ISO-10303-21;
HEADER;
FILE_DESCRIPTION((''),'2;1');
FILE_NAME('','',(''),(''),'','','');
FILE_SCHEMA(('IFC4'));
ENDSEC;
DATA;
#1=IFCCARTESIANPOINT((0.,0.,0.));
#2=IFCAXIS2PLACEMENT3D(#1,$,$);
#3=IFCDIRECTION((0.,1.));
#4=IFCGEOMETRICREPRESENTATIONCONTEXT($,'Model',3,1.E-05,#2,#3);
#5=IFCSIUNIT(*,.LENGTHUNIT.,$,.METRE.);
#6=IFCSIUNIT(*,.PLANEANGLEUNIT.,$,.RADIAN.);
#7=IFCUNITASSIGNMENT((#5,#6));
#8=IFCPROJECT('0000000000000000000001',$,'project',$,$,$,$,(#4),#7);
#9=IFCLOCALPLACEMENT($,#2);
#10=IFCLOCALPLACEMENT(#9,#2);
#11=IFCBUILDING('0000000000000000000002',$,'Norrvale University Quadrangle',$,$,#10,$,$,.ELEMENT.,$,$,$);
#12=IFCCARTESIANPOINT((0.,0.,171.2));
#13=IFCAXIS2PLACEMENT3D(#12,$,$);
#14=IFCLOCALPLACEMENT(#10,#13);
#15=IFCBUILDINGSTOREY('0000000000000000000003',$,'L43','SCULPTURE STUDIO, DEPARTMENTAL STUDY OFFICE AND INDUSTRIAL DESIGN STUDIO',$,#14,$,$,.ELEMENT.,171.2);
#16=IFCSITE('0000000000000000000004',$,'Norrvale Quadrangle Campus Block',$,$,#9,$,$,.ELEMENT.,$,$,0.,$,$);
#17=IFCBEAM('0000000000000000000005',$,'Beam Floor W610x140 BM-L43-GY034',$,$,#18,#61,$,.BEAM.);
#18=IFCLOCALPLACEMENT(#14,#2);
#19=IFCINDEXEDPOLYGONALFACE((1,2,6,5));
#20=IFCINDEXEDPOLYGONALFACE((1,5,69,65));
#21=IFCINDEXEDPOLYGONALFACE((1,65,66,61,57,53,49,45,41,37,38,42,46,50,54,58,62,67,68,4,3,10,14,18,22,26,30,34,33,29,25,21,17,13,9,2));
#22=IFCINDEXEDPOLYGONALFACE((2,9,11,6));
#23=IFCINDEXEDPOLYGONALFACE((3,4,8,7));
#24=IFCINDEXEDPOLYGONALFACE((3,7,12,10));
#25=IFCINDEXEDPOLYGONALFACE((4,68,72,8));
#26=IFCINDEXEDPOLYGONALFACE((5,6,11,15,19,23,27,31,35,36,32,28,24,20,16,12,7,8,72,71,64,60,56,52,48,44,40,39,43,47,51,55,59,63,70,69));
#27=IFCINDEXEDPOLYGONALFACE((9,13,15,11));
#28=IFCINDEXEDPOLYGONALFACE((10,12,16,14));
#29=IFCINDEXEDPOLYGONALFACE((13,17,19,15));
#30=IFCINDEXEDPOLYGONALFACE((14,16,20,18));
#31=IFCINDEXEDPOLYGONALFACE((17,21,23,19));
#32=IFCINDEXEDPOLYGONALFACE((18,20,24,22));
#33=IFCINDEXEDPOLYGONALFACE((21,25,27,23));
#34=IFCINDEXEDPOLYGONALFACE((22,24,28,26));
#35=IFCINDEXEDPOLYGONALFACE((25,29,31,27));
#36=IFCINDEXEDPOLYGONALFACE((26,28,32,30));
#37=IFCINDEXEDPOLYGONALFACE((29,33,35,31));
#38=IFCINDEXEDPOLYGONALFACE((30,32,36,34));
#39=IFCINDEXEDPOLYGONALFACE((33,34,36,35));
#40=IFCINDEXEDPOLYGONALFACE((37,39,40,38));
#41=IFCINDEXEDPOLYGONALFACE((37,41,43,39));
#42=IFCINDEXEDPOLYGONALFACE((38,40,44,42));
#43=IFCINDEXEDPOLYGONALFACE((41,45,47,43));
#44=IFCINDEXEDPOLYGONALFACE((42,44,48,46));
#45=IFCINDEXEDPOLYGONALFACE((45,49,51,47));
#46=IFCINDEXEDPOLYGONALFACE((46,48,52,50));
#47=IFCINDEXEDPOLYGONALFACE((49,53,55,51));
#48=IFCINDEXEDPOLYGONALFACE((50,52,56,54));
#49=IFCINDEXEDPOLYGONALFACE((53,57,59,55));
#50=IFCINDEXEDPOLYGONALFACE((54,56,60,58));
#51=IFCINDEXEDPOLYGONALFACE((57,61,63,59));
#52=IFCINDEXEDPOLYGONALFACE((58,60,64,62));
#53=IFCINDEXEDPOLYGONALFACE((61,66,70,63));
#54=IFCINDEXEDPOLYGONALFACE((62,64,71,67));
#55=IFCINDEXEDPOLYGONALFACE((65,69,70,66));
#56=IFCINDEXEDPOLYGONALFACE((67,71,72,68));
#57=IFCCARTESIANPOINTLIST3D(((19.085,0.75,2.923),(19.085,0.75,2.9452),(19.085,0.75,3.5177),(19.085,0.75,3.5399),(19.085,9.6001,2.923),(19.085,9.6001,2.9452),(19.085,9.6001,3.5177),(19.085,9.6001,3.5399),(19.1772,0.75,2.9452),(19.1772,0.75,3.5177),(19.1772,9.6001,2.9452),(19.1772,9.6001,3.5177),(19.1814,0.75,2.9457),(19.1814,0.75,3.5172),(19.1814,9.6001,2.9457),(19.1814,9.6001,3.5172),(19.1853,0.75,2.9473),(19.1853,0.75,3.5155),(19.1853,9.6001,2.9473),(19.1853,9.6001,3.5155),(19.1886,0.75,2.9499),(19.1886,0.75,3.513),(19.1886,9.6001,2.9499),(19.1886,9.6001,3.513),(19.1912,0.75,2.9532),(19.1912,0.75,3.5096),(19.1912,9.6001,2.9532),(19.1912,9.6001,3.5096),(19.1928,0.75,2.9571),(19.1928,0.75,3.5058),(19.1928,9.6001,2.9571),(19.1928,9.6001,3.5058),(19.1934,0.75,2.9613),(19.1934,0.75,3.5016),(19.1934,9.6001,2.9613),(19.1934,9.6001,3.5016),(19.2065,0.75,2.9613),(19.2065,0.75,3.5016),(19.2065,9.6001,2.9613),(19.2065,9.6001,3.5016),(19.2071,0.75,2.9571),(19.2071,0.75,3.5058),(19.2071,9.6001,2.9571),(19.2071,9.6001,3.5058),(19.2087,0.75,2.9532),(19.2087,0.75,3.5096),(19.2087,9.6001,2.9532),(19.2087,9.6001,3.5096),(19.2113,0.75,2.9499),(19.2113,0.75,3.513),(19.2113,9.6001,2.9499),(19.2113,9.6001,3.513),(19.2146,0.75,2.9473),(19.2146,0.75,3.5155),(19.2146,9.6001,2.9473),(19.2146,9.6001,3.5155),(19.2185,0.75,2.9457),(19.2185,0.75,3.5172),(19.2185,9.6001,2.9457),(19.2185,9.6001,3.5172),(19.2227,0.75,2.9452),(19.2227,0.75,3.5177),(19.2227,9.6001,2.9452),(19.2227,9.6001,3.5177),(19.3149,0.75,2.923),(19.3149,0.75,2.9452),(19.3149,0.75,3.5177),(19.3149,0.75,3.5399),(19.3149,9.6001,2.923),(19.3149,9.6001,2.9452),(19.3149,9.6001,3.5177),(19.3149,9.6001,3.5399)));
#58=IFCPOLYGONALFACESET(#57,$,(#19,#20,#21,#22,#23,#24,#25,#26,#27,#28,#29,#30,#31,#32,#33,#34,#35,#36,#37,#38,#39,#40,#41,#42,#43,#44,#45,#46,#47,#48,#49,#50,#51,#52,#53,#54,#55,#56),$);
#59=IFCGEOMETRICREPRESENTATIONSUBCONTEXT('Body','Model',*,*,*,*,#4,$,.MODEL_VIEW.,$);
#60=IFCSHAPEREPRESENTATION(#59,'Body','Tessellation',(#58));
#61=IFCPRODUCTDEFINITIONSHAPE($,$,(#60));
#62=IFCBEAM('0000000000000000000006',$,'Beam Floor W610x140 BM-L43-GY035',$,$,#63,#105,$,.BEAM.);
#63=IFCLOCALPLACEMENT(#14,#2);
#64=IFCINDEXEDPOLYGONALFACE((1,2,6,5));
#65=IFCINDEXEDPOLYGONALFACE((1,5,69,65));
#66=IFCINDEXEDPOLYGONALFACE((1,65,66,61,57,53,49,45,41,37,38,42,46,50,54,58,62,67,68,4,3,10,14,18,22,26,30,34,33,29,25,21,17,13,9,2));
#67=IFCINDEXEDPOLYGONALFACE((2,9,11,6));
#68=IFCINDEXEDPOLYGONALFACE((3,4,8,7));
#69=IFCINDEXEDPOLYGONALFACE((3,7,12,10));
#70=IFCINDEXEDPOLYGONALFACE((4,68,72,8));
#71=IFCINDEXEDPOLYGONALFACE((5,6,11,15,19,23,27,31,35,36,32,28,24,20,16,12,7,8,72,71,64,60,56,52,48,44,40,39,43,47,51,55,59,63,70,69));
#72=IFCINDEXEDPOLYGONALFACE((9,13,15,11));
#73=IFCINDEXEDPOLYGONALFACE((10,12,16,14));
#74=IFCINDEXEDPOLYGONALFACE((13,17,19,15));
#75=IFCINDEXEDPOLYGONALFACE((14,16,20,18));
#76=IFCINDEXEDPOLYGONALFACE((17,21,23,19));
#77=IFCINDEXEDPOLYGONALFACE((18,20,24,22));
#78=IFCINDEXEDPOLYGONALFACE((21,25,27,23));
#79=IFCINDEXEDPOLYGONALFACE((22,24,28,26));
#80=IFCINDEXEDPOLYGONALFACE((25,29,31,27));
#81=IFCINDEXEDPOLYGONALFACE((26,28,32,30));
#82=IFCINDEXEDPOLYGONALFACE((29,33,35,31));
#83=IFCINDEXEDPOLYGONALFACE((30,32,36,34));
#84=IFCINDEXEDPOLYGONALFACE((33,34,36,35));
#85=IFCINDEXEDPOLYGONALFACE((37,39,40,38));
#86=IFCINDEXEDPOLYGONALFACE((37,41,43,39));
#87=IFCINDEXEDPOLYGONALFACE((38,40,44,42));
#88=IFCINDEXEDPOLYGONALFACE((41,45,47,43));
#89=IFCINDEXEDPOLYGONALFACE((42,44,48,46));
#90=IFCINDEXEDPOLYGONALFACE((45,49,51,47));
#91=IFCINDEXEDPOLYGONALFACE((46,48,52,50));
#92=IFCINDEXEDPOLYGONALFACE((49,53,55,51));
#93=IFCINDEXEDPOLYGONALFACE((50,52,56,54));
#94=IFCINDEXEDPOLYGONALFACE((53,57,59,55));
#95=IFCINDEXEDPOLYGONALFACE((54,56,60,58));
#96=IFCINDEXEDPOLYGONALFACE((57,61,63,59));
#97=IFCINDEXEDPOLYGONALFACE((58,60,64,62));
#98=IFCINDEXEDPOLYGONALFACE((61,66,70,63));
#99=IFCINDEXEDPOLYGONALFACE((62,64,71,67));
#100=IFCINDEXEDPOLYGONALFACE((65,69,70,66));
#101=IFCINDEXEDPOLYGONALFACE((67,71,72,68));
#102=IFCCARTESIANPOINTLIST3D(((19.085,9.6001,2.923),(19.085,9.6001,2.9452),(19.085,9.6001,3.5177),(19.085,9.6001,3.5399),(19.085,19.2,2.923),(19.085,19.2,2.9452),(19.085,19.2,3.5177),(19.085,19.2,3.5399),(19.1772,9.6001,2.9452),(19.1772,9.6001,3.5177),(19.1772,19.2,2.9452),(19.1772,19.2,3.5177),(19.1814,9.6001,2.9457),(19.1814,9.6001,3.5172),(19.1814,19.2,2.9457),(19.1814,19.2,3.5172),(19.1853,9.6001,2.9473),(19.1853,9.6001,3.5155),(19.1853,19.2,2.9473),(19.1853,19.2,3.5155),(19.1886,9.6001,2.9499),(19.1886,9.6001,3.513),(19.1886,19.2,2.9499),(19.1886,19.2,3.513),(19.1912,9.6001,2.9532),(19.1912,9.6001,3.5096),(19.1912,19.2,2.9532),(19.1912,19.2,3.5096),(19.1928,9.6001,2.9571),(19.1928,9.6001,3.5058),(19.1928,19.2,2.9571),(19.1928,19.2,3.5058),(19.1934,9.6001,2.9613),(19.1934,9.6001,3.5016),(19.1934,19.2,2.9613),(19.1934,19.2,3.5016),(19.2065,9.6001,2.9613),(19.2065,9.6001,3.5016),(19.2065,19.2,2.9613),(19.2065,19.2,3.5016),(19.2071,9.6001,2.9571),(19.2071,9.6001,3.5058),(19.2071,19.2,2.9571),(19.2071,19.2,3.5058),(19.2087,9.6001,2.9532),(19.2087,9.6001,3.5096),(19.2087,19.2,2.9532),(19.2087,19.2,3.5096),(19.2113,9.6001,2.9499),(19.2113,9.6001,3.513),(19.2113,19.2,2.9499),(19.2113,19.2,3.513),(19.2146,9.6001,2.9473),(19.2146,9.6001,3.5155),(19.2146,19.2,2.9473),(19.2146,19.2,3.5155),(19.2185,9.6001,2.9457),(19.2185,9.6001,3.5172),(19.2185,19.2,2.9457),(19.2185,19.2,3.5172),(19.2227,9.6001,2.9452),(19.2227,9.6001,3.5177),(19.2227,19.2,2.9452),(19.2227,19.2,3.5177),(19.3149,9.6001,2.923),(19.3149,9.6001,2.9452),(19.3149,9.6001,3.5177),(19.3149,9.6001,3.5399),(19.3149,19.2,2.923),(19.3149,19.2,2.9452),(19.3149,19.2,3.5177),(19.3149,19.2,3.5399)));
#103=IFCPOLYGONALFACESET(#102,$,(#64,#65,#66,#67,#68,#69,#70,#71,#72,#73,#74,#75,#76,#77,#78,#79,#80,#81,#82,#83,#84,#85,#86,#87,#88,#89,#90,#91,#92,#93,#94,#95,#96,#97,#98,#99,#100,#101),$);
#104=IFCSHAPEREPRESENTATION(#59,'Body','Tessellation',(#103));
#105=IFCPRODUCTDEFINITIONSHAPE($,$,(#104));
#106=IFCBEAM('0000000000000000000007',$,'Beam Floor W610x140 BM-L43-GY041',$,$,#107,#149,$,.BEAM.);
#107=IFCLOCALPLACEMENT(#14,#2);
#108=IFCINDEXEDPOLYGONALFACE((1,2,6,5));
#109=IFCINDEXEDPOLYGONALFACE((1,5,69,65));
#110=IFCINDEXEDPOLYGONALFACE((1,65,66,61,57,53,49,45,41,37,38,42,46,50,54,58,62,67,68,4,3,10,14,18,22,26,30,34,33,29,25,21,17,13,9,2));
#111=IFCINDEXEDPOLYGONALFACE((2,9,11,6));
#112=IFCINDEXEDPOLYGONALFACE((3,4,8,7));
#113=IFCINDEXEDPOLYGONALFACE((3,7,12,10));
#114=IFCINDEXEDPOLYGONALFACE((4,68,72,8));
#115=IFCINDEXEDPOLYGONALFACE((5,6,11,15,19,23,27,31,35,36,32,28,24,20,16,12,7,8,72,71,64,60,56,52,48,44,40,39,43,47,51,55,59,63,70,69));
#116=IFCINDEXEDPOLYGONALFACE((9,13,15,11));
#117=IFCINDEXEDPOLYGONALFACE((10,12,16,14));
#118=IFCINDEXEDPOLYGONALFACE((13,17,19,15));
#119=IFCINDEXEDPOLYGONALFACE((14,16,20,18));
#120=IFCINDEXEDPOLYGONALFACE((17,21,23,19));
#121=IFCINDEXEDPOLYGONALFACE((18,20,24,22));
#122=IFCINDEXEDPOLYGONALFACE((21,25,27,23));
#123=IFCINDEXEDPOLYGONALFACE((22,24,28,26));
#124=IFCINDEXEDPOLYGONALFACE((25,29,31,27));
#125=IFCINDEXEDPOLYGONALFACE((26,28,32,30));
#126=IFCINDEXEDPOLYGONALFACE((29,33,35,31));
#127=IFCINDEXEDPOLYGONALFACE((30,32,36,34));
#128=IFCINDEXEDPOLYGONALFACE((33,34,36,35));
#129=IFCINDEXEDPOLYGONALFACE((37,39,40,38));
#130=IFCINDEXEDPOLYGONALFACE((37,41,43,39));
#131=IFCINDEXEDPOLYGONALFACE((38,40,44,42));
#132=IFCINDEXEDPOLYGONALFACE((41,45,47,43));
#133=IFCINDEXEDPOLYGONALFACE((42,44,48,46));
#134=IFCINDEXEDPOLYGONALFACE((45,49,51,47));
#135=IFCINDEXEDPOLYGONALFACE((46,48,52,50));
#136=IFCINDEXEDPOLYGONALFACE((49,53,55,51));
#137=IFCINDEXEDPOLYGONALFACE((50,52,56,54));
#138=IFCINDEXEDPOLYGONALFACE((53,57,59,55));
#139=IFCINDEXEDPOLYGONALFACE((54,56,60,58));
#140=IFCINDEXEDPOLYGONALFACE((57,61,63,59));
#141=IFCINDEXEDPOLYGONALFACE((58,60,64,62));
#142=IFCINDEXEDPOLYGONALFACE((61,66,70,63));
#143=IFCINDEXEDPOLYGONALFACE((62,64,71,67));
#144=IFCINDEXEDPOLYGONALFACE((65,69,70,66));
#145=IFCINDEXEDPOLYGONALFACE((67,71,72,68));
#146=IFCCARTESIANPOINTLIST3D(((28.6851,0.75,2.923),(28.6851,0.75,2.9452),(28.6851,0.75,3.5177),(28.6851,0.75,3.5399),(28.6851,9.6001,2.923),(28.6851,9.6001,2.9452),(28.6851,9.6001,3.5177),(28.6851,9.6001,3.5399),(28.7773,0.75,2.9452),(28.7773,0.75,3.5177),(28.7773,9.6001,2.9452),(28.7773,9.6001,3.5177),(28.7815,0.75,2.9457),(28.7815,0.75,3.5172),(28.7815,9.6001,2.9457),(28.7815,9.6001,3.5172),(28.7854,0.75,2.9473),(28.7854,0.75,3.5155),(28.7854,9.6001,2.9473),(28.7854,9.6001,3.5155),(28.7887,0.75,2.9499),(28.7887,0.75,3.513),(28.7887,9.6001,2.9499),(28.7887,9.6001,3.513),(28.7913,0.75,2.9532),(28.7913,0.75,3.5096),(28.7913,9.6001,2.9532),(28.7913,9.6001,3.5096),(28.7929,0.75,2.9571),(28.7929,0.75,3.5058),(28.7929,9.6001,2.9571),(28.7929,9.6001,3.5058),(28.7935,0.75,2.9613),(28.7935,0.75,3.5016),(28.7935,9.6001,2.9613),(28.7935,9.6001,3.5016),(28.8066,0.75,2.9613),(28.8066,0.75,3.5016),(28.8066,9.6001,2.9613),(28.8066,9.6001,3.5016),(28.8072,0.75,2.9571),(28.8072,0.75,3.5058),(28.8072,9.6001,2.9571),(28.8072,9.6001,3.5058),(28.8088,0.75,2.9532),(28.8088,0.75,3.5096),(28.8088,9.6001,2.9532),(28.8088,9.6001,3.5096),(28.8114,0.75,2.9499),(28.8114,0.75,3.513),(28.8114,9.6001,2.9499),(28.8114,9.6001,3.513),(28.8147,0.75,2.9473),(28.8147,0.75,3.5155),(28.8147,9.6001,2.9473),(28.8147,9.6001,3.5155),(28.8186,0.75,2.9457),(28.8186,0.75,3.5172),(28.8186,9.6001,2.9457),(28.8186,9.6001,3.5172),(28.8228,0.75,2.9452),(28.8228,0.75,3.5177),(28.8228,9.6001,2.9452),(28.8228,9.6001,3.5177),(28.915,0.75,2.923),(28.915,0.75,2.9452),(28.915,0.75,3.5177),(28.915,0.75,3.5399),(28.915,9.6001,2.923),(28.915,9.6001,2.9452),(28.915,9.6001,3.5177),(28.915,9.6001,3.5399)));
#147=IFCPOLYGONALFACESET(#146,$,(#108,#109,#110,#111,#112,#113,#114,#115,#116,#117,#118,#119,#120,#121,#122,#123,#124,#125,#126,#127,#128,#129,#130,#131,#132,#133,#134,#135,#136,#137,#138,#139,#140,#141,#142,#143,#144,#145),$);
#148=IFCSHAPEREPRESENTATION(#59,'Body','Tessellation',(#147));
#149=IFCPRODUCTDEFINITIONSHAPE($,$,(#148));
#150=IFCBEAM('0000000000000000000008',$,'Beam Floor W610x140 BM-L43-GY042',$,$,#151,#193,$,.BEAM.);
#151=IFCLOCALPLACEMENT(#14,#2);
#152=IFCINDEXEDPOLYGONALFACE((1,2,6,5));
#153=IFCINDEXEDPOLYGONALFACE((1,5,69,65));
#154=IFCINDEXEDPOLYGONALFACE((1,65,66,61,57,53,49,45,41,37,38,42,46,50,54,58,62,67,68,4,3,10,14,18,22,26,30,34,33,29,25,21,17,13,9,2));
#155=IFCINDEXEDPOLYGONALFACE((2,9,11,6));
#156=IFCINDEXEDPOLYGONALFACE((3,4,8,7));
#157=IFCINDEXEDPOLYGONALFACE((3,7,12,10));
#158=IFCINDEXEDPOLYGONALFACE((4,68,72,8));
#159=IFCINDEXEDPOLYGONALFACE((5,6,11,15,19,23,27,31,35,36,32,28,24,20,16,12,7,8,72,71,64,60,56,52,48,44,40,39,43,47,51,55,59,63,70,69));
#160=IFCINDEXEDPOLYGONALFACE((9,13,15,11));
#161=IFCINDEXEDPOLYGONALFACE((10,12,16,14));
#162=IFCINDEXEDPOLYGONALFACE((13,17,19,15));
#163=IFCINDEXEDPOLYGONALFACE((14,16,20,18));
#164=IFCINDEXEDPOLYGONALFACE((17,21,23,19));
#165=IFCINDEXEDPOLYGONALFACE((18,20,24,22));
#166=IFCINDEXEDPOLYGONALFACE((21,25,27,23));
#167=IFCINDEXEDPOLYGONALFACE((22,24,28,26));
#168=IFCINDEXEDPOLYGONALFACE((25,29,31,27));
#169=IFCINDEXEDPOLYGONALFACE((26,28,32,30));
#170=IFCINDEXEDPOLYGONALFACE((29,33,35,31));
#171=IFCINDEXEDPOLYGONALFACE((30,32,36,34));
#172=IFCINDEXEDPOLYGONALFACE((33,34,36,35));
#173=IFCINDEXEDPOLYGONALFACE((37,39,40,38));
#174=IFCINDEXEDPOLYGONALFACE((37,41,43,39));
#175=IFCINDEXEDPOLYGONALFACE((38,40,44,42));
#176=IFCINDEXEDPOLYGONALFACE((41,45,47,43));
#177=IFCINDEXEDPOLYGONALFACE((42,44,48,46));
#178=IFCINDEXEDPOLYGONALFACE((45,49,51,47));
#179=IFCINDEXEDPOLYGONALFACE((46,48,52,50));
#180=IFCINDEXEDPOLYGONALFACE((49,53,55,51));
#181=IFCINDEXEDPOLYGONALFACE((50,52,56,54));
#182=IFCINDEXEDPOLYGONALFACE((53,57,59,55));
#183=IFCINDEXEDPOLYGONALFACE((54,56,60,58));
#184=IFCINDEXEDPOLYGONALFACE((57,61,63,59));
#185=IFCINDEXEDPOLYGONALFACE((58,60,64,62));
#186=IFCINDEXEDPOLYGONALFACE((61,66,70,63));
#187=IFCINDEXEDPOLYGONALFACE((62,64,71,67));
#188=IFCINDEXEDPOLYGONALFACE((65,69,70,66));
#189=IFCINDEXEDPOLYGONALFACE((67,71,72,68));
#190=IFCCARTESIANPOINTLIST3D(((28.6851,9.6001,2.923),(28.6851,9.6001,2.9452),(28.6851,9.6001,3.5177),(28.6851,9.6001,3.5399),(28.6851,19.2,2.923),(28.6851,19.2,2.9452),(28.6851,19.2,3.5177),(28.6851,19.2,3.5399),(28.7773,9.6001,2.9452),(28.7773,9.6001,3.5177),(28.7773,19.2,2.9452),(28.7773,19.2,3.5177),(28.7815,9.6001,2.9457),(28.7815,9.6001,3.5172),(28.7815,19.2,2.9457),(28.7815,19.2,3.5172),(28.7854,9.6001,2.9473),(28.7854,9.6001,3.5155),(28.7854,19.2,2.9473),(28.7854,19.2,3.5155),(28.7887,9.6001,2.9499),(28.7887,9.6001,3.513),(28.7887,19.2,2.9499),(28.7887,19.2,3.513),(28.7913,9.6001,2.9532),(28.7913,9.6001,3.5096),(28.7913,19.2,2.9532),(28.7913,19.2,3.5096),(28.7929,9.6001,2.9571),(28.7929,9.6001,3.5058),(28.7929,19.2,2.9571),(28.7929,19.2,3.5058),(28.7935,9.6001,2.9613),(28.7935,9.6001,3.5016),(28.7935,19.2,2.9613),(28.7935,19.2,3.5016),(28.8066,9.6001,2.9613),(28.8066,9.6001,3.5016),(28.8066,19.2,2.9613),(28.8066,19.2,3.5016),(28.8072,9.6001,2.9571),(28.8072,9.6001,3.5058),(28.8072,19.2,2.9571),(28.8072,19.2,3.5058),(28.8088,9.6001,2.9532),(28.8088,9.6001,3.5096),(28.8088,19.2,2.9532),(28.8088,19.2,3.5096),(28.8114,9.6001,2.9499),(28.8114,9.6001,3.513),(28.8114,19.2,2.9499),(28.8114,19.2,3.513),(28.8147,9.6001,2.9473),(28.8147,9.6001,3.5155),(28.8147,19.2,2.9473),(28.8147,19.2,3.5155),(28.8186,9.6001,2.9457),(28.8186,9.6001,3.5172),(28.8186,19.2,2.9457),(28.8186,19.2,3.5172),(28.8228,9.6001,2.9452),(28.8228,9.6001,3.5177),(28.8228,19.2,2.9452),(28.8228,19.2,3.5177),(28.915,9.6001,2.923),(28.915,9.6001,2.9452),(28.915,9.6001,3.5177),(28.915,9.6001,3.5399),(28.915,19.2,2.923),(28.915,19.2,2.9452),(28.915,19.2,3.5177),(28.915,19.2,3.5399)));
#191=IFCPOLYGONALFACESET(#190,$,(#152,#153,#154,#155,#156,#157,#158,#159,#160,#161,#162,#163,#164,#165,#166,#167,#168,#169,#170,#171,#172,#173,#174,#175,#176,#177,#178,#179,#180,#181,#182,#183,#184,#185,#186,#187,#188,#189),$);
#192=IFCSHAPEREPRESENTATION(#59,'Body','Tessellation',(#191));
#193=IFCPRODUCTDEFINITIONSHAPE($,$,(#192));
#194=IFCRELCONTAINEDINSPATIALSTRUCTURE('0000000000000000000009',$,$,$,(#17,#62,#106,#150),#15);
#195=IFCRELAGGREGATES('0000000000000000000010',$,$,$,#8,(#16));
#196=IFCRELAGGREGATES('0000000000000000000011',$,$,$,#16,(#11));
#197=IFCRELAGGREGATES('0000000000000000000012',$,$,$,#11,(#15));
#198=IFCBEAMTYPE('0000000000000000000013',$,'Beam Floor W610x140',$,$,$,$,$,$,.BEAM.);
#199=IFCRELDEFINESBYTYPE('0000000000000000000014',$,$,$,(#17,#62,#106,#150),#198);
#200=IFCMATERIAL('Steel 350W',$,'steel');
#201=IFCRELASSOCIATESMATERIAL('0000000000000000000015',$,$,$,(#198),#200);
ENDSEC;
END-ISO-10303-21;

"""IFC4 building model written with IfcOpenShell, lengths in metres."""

from ifc_helpers import new_model, si_unit, direction, frame, origin, origin_2d, place, context, subcontext, project, spatial, i_section, extrude, material, material_profile, profile_set, type_object, element, save


model = new_model("IFC4")

# Units and contexts
model_context = context("Model", 3, precision=1e-05, world=origin(), true_north=direction((0.0, 1.0)))
body_context = subcontext(model_context, "Body", "Model", "MODEL_VIEW")
ifc_project = project(units=[si_unit("LENGTHUNIT", "METRE"), si_unit("PLANEANGLEUNIT", "RADIAN")], contexts=[model_context])

# Site, building, storey
site_placement = place(None, origin())
site = spatial("IfcSite", under=ifc_project, at=site_placement, Name="Norrvale Quadrangle Campus Block", CompositionType="ELEMENT", RefElevation=0.0)
building_placement = place(site_placement, origin())
building = spatial("IfcBuilding", under=site, at=building_placement, Name="Norrvale University Quadrangle", CompositionType="ELEMENT")
storey_placement = place(building_placement, frame((0.0, 0.0, 171.2)))
storey = spatial("IfcBuildingStorey", under=building, at=storey_placement, Name="L43", Description="SCULPTURE STUDIO, DEPARTMENTAL STUDY OFFICE AND INDUSTRIAL DESIGN STUDIO", CompositionType="ELEMENT", Elevation=171.2)

# Beams
ifc_material_1 = material(Name="Steel 350W", Category="steel")
ifc_material_profile_1 = material_profile(ifc_material_1, i_section(OverallWidth=0.23, OverallDepth=0.6169, WebThickness=0.0132, FlangeThickness=0.0222, FilletRadius=0.0161, at=origin_2d()), Name="Steel 350W")
ifc_profile_set_1 = profile_set([ifc_material_profile_1], Name="Steel 350W")
beam_type_1 = type_object("IfcBeamType", Name="Beam Floor W610x140", PredefinedType="BEAM", material=ifc_profile_set_1)
beam_1_placement = place(storey_placement, frame((19.2, 0.75, 3.2314), z_axis=(0.0, 1.0, 0.0), x_axis=(-1.0, 0.0, 0.0)))
element("IfcBeam", 1, at=beam_1_placement, inside=storey, type_object=beam_type_1, Name="Beam Floor W610x140 BM-L43-GY034", PredefinedType="BEAM", context=body_context, shape_type="SweptSolid", body=[
    extrude(i_section(OverallWidth=0.23, OverallDepth=0.6169, WebThickness=0.0132, FlangeThickness=0.0222, FilletRadius=0.0161, at=origin_2d()), origin(), (0.0, 0.0, 1.0), 8.8501),
])
beam_2_placement = place(storey_placement, frame((19.2, 9.6001, 3.2314), z_axis=(0.0, 1.0, 0.0), x_axis=(-1.0, 0.0, 0.0)))
element("IfcBeam", 2, at=beam_2_placement, inside=storey, type_object=beam_type_1, Name="Beam Floor W610x140 BM-L43-GY035", PredefinedType="BEAM", context=body_context, shape_type="SweptSolid", body=[
    extrude(i_section(OverallWidth=0.23, OverallDepth=0.6169, WebThickness=0.0132, FlangeThickness=0.0222, FilletRadius=0.0161, at=origin_2d()), origin(), (0.0, 0.0, 1.0), 9.5999),
])
beam_3_placement = place(storey_placement, frame((28.8, 0.75, 3.2314), z_axis=(0.0, 1.0, 0.0), x_axis=(-1.0, 0.0, 0.0)))
element("IfcBeam", 3, at=beam_3_placement, inside=storey, type_object=beam_type_1, Name="Beam Floor W610x140 BM-L43-GY041", PredefinedType="BEAM", context=body_context, shape_type="SweptSolid", body=[
    extrude(i_section(OverallWidth=0.23, OverallDepth=0.6169, WebThickness=0.0132, FlangeThickness=0.0222, FilletRadius=0.0161, at=origin_2d()), origin(), (0.0, 0.0, 1.0), 8.8501),
])
beam_4_placement = place(storey_placement, frame((28.8, 9.6001, 3.2314), z_axis=(0.0, 1.0, 0.0), x_axis=(-1.0, 0.0, 0.0)))
element("IfcBeam", 4, at=beam_4_placement, inside=storey, type_object=beam_type_1, Name="Beam Floor W610x140 BM-L43-GY042", PredefinedType="BEAM", context=body_context, shape_type="SweptSolid", body=[
    extrude(i_section(OverallWidth=0.23, OverallDepth=0.6169, WebThickness=0.0132, FlangeThickness=0.0222, FilletRadius=0.0161, at=origin_2d()), origin(), (0.0, 0.0, 1.0), 9.5999),
])

save(model, "model.ifc")
